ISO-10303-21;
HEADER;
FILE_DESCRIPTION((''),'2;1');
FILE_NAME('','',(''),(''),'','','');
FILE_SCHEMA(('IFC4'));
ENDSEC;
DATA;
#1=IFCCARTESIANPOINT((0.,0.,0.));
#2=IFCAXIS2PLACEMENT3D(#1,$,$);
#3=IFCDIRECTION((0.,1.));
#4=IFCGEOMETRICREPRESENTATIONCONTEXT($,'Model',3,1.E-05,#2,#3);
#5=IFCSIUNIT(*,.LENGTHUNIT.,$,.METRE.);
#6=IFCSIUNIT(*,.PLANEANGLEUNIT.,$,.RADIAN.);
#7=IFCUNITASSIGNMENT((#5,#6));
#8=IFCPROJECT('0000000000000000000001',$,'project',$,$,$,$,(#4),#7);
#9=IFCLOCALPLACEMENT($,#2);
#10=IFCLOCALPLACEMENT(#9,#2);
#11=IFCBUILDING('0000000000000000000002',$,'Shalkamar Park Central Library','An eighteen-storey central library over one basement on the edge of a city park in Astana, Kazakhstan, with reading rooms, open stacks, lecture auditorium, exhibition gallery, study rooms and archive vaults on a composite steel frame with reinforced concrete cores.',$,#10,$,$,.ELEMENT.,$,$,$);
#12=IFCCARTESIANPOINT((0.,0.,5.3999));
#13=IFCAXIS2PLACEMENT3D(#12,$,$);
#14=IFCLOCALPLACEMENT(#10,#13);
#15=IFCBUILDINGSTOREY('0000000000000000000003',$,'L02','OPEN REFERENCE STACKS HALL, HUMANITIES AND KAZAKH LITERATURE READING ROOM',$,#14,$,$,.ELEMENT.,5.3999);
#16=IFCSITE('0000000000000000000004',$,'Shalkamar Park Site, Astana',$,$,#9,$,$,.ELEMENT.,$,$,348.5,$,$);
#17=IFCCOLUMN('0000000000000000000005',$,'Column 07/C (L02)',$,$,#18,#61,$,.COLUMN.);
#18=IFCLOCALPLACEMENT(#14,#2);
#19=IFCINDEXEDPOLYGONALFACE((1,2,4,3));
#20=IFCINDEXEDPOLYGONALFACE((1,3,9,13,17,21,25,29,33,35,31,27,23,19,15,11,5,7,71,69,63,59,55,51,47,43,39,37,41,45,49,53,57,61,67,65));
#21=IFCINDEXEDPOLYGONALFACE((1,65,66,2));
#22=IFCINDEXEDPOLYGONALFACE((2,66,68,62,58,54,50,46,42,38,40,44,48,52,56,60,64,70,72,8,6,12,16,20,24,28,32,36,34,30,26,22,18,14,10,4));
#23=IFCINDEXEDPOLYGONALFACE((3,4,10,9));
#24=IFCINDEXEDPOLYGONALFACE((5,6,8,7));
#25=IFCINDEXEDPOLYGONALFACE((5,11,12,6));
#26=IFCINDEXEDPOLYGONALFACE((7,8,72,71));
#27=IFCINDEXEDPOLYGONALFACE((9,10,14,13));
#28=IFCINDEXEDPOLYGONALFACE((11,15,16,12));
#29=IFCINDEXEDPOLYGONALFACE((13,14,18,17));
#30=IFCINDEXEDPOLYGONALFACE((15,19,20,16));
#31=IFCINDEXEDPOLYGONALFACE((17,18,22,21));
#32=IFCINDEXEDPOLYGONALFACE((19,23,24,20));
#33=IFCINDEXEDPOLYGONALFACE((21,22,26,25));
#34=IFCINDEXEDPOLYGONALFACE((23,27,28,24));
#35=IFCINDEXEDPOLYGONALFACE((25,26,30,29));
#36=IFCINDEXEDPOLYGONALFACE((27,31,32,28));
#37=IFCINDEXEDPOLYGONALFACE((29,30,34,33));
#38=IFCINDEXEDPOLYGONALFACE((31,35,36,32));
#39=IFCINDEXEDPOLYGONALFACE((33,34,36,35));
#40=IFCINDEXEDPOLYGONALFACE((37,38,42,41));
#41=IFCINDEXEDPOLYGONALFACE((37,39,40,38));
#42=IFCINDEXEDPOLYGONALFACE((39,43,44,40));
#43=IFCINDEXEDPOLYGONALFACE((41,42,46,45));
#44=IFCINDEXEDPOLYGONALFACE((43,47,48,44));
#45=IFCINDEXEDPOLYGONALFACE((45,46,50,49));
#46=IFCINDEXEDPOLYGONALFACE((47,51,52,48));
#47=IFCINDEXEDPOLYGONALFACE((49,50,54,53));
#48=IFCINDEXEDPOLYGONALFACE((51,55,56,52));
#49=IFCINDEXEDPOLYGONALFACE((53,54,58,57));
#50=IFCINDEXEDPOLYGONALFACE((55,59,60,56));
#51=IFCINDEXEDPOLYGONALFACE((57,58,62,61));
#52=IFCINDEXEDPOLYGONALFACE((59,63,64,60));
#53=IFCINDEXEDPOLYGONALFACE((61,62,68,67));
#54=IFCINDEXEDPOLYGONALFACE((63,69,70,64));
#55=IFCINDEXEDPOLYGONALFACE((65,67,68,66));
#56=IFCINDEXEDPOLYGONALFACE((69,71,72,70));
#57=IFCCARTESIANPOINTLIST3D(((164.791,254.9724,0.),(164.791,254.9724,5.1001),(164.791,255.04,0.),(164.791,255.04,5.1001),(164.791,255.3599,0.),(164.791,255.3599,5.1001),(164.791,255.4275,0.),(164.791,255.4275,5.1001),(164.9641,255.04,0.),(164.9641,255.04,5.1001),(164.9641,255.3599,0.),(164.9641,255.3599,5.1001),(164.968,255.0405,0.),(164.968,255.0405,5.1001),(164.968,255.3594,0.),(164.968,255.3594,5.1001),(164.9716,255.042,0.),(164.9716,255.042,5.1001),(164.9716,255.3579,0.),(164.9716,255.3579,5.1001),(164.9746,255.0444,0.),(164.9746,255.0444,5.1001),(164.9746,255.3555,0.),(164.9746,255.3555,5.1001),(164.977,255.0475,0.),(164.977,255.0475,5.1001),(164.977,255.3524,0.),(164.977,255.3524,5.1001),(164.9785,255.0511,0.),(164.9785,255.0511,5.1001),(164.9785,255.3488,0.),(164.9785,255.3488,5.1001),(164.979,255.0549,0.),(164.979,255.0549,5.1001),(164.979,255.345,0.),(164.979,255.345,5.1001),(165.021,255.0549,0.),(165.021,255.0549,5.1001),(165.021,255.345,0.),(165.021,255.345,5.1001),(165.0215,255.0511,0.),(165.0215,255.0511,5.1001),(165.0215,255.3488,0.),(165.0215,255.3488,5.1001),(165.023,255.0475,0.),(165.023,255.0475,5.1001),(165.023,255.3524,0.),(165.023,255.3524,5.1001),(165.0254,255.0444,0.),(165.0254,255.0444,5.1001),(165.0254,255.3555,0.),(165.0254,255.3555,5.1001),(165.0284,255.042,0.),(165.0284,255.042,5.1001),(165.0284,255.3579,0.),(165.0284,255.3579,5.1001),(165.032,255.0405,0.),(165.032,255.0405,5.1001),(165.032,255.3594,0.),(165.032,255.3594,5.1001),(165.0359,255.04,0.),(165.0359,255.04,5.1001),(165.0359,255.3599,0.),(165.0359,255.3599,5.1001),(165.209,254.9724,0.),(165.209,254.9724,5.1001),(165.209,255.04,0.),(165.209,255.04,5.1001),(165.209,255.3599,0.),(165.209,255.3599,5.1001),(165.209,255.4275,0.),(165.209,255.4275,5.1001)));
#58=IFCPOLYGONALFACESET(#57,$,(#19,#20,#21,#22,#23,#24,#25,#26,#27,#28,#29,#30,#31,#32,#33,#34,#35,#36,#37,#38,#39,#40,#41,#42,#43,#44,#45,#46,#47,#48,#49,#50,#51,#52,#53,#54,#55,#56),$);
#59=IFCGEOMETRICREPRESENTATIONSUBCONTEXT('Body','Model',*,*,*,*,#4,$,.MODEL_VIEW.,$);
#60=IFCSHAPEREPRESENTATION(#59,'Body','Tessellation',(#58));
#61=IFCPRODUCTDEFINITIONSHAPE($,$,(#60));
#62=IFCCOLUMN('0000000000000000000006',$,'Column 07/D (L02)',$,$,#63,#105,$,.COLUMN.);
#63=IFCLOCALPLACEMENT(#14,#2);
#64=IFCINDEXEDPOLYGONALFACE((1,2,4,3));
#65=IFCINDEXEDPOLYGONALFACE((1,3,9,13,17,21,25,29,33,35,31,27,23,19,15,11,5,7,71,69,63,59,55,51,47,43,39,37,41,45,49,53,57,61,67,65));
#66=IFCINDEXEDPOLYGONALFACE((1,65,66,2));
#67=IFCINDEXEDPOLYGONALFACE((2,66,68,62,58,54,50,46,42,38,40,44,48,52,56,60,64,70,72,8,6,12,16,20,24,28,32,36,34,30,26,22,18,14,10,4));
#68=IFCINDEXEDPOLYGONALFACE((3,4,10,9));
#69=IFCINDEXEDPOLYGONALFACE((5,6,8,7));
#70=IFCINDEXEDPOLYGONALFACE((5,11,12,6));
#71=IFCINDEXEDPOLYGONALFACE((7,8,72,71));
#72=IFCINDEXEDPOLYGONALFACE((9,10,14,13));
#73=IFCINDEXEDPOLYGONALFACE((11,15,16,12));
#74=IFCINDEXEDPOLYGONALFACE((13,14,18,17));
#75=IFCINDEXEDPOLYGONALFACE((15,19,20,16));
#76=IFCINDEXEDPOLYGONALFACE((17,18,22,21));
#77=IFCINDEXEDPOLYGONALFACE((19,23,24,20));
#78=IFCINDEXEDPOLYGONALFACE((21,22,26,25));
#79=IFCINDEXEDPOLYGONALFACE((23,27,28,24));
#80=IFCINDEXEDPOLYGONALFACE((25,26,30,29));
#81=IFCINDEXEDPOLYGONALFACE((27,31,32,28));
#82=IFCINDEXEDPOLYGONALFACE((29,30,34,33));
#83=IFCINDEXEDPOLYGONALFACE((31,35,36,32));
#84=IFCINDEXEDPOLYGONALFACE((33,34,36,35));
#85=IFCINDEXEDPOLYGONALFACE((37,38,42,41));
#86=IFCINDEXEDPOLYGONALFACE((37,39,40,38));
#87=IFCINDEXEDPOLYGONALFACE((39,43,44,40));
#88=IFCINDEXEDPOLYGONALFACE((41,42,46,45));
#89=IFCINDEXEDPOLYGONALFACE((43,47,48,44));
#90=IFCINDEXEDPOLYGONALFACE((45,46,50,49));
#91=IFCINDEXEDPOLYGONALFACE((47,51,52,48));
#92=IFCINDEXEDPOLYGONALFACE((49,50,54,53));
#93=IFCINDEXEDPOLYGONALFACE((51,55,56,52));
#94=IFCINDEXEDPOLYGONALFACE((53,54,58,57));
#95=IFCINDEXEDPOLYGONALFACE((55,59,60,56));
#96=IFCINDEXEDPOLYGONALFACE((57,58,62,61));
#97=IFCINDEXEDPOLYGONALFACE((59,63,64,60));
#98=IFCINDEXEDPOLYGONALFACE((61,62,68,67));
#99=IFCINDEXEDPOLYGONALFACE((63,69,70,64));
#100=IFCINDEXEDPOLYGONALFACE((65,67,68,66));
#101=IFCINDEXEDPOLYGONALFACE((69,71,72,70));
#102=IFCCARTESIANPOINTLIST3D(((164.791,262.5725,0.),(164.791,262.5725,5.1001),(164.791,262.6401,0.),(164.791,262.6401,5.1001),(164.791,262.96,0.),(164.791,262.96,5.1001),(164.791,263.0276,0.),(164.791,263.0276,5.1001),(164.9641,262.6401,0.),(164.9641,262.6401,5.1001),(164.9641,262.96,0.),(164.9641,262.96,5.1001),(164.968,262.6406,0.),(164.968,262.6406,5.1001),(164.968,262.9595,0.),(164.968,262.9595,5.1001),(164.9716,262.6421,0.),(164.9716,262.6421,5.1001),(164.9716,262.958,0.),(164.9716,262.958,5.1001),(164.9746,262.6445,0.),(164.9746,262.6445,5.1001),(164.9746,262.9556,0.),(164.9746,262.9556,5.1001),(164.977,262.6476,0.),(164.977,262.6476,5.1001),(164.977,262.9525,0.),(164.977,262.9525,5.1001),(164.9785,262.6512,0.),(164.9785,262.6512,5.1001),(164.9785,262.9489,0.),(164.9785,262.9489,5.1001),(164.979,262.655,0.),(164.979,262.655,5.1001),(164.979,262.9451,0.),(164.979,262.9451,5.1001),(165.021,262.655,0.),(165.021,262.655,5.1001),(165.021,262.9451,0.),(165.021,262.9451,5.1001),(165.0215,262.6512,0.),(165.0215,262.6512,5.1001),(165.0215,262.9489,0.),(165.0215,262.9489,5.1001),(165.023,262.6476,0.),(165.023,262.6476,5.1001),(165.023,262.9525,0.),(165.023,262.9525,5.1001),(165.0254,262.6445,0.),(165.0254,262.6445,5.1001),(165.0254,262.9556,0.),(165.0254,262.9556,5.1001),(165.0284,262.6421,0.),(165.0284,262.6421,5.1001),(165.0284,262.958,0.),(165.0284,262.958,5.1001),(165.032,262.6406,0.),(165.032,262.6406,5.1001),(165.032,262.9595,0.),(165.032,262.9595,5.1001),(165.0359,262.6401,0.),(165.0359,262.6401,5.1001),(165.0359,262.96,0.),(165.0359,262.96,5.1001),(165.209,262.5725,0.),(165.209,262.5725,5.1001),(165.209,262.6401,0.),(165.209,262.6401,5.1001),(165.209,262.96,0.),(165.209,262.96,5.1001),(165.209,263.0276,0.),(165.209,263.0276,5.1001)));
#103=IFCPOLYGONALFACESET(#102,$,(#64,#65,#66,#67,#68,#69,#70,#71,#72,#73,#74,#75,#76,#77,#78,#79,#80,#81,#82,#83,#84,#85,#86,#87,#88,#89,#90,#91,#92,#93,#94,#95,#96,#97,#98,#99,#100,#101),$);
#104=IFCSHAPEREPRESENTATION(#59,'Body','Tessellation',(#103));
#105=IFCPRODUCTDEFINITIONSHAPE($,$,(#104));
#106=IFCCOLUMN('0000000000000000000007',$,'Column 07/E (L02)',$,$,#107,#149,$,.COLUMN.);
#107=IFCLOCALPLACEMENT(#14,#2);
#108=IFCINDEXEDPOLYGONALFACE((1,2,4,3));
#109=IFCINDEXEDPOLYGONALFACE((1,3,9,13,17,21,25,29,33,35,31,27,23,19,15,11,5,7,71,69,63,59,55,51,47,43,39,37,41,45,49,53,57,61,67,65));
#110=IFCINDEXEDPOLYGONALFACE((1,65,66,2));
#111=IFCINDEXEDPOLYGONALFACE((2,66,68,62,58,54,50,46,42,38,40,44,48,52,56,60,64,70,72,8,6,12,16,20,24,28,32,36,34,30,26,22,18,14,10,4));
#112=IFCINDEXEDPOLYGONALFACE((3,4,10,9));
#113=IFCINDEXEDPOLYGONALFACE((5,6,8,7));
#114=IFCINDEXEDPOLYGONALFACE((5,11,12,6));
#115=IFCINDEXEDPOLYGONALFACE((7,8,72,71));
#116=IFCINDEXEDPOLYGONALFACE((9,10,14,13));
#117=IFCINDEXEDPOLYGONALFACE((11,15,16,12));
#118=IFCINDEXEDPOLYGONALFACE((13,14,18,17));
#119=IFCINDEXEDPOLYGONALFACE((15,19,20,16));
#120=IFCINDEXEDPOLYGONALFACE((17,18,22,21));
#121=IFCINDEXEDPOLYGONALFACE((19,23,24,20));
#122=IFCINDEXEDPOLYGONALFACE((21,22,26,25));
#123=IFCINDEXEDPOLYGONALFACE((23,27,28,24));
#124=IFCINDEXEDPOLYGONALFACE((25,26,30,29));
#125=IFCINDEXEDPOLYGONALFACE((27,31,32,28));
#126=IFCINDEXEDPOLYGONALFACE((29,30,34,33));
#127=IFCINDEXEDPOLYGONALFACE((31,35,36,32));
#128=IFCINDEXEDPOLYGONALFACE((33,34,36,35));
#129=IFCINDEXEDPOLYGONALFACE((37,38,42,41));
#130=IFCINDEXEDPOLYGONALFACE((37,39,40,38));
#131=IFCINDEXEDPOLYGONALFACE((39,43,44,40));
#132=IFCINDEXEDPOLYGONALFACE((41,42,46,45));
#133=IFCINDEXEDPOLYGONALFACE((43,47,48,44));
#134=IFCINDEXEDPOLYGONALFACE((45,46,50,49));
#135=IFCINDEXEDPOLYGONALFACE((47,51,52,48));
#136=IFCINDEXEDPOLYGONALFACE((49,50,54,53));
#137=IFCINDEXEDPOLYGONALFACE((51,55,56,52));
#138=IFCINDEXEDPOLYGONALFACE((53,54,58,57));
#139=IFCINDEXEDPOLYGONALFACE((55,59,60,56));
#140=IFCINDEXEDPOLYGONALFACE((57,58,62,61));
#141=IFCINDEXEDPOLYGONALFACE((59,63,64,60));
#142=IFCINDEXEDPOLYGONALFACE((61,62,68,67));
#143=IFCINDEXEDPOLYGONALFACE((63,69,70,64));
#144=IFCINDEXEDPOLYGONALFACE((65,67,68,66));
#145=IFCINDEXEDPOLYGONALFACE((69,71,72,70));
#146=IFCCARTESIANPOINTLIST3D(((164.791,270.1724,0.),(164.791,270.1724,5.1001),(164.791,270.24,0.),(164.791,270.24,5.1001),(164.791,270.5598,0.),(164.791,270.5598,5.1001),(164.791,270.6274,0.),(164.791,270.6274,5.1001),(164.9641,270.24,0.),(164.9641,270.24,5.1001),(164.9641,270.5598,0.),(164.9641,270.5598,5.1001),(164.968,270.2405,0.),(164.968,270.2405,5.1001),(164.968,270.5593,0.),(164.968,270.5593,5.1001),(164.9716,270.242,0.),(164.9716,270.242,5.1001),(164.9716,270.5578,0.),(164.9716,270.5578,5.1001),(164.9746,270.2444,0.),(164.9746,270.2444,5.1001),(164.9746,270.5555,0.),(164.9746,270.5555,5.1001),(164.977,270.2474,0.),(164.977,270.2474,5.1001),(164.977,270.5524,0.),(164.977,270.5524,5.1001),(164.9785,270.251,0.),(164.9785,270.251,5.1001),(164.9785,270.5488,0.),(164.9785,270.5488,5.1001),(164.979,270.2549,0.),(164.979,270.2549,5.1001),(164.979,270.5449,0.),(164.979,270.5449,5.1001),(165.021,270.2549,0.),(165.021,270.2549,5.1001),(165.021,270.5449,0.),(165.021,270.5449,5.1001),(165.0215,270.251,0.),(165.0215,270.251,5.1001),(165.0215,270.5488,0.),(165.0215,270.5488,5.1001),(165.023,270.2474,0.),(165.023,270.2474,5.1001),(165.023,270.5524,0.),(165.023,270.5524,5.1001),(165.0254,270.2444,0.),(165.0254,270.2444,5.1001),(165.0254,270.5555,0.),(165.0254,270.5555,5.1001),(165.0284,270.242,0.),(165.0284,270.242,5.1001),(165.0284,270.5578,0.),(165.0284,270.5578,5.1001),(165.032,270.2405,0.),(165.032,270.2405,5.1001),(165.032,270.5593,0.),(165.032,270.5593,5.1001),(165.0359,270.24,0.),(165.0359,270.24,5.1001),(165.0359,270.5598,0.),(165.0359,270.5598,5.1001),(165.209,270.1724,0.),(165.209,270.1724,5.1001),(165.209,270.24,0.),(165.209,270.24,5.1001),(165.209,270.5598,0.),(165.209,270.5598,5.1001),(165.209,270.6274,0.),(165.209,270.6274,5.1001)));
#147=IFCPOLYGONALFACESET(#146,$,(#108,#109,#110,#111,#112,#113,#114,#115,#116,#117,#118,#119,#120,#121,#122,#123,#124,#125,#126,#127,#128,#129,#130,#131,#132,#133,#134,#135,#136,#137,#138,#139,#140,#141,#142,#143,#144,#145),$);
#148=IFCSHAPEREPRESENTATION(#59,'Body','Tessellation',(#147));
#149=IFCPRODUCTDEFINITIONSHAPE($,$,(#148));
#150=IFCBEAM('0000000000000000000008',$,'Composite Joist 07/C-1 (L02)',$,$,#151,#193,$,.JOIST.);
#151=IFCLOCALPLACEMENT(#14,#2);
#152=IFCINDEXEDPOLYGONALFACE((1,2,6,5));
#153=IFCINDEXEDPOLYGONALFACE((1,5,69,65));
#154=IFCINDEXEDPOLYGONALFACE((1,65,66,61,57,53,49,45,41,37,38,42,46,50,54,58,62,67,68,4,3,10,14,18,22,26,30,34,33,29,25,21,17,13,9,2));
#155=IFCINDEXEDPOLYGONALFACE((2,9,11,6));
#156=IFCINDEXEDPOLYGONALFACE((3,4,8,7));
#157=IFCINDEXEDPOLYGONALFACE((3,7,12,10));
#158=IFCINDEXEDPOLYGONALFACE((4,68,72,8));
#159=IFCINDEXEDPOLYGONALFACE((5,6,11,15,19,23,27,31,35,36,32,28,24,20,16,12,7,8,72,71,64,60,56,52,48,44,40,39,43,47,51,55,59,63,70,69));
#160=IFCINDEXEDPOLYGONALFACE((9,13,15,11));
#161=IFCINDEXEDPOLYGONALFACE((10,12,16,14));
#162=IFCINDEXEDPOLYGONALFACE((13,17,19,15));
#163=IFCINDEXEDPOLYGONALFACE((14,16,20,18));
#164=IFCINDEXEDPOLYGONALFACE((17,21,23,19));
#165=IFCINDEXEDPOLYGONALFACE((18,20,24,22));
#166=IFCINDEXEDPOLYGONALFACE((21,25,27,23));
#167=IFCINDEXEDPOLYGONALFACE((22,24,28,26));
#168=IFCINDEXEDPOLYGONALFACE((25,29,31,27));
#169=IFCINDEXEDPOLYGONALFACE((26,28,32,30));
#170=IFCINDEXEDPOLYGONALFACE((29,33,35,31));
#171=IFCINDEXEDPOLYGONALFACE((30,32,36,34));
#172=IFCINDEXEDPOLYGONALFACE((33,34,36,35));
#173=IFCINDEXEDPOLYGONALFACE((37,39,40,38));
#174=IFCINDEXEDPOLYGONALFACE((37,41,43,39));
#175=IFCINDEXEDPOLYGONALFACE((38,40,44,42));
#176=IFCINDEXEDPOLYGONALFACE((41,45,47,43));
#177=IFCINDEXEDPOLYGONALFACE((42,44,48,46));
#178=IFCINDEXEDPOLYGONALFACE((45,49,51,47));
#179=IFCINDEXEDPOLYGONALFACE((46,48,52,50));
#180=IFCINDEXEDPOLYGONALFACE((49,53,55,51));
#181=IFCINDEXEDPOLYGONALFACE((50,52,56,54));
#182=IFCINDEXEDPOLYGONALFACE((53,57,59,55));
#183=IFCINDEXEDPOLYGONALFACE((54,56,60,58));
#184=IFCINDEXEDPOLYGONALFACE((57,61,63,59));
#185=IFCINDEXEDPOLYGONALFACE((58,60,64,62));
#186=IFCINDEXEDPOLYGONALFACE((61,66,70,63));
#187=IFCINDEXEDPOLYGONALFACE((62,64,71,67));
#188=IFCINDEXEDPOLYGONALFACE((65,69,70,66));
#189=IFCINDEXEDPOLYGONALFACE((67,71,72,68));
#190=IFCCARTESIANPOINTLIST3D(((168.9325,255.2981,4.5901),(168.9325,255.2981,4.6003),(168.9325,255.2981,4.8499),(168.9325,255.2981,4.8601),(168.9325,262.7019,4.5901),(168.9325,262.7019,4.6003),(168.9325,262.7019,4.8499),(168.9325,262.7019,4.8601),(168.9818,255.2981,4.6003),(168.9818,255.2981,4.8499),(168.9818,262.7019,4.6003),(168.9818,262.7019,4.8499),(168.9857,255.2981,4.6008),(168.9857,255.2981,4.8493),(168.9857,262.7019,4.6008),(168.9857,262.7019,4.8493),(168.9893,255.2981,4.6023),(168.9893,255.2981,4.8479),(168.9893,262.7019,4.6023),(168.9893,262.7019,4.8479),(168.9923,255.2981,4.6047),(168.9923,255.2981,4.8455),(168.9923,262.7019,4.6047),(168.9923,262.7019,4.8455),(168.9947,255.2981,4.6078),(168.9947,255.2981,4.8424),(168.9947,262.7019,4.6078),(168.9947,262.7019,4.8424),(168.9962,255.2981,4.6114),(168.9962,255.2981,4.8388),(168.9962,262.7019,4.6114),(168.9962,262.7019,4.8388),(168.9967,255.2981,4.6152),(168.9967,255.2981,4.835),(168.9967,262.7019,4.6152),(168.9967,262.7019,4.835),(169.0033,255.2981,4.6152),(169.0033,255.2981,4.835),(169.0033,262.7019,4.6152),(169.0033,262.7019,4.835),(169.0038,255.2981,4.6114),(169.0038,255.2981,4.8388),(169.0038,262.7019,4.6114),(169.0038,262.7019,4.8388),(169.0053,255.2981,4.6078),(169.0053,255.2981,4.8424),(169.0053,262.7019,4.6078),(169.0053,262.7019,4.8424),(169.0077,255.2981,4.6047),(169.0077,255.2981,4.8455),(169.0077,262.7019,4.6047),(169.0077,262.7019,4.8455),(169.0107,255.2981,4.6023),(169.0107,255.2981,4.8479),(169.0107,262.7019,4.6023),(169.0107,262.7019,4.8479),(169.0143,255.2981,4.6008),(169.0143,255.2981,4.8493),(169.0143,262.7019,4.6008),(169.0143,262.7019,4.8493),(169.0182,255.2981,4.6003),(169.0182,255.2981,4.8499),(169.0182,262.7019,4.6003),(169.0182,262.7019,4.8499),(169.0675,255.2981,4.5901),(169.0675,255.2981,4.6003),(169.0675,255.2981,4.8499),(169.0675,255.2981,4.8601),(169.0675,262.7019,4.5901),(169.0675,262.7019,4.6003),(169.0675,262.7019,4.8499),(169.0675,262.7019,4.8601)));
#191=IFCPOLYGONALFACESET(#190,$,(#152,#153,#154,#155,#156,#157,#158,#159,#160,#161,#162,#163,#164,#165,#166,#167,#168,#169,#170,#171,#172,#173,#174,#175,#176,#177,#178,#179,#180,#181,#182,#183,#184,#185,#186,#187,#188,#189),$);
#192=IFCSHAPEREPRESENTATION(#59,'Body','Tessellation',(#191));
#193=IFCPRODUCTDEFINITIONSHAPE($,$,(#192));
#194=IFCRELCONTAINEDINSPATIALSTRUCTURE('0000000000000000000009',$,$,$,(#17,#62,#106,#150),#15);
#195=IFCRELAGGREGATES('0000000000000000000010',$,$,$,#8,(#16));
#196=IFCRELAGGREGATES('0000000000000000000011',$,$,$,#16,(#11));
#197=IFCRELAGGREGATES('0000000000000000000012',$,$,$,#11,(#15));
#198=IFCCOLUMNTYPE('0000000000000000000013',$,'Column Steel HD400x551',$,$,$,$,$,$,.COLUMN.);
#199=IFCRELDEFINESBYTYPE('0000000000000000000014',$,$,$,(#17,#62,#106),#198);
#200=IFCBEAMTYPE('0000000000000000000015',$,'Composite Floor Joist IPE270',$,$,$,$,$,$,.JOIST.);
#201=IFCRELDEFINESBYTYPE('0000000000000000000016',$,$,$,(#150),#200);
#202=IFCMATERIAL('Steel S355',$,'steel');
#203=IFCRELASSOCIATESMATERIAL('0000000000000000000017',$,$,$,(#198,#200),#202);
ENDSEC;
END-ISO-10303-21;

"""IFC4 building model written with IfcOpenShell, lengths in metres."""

from ifc_helpers import new_model, si_unit, direction, frame, origin, origin_2d, place, context, subcontext, project, spatial, i_section, extrude, material, material_profile, profile_set, type_object, element, save


model = new_model("IFC4")

# Units and contexts
model_context = context("Model", 3, precision=1e-05, world=origin(), true_north=direction((0.0, 1.0)))
body_context = subcontext(model_context, "Body", "Model", "MODEL_VIEW")
ifc_project = project(units=[si_unit("LENGTHUNIT", "METRE"), si_unit("PLANEANGLEUNIT", "RADIAN")], contexts=[model_context])

# Site, building, storey
site_placement = place(None, origin())
site = spatial("IfcSite", under=ifc_project, at=site_placement, Name="Shalkamar Park Site, Astana", CompositionType="ELEMENT", RefElevation=348.5)
building_placement = place(site_placement, origin())
building = spatial("IfcBuilding", under=site, at=building_placement, Name="Shalkamar Park Central Library", Description="An eighteen-storey central library over one basement on the edge of a city park in Astana, Kazakhstan, with reading rooms, open stacks, lecture auditorium, exhibition gallery, study rooms and archive vaults on a composite steel frame with reinforced concrete cores.", CompositionType="ELEMENT")
storey_placement = place(building_placement, frame((0.0, 0.0, 5.3999)))
storey = spatial("IfcBuildingStorey", under=building, at=storey_placement, Name="L02", Description="OPEN REFERENCE STACKS HALL, HUMANITIES AND KAZAKH LITERATURE READING ROOM", CompositionType="ELEMENT", Elevation=5.3999)

# Columns
ifc_material_1 = material(Name="Steel S355", Category="steel")
ifc_material_profile_1 = material_profile(ifc_material_1, i_section(OverallWidth=0.418, OverallDepth=0.4551, WebThickness=0.042, FlangeThickness=0.0676, FilletRadius=0.0149, at=origin_2d()), Name="HD 400x551")
ifc_profile_set_1 = profile_set([ifc_material_profile_1], Name="Steel S355")
column_type = type_object("IfcColumnType", Name="Column Steel HD400x551", PredefinedType="COLUMN", material=ifc_profile_set_1)
for number, where, z_axis, x_axis, name in (
    (1, (165.0, 255.2, 0.0), (0.0, 0.0, 1.0), (1.0, 0.0, 0.0), "Column 07/C (L02)"),
    (2, (165.0, 262.8, 0.0), (0.0, 0.0, 1.0), (1.0, 0.0, 0.0), "Column 07/D (L02)"),
    (3, (165.0, 270.3999, 0.0), (0.0, 0.0, 1.0), (1.0, 0.0, 0.0), "Column 07/E (L02)"),
):
    element("IfcColumn", number, at=place(storey_placement, frame(where, z_axis=z_axis, x_axis=x_axis)), inside=storey, type_object=column_type, Name=name, PredefinedType="COLUMN", context=body_context, shape_type="SweptSolid", body=[
        extrude(i_section(OverallWidth=0.418, OverallDepth=0.4551, WebThickness=0.042, FlangeThickness=0.0676, FilletRadius=0.0149, at=origin_2d()), origin(), (0.0, 0.0, 1.0), 5.1001),
    ])

# Beam
ifc_material_profile_2 = material_profile(ifc_material_1, i_section(OverallWidth=0.135, OverallDepth=0.27, WebThickness=0.0066, FlangeThickness=0.0103, FilletRadius=0.0149, at=origin_2d()), Name="IPE 270")
ifc_profile_set_2 = profile_set([ifc_material_profile_2], Name="Steel S355")
beam_type_1 = type_object("IfcBeamType", Name="Composite Floor Joist IPE270", PredefinedType="JOIST", material=ifc_profile_set_2)
beam_1_placement = place(storey_placement, frame((169.0, 255.2981, 4.7251), z_axis=(0.0, 1.0, 0.0), x_axis=(-1.0, 0.0, 0.0)))
element("IfcBeam", 4, at=beam_1_placement, inside=storey, type_object=beam_type_1, Name="Composite Joist 07/C-1 (L02)", PredefinedType="JOIST", context=body_context, shape_type="SweptSolid", body=[
    extrude(i_section(OverallWidth=0.135, OverallDepth=0.27, WebThickness=0.0066, FlangeThickness=0.0103, FilletRadius=0.0149, at=origin_2d()), origin(), (0.0, 0.0, 1.0), 7.4038),
])

save(model, "model.ifc")
